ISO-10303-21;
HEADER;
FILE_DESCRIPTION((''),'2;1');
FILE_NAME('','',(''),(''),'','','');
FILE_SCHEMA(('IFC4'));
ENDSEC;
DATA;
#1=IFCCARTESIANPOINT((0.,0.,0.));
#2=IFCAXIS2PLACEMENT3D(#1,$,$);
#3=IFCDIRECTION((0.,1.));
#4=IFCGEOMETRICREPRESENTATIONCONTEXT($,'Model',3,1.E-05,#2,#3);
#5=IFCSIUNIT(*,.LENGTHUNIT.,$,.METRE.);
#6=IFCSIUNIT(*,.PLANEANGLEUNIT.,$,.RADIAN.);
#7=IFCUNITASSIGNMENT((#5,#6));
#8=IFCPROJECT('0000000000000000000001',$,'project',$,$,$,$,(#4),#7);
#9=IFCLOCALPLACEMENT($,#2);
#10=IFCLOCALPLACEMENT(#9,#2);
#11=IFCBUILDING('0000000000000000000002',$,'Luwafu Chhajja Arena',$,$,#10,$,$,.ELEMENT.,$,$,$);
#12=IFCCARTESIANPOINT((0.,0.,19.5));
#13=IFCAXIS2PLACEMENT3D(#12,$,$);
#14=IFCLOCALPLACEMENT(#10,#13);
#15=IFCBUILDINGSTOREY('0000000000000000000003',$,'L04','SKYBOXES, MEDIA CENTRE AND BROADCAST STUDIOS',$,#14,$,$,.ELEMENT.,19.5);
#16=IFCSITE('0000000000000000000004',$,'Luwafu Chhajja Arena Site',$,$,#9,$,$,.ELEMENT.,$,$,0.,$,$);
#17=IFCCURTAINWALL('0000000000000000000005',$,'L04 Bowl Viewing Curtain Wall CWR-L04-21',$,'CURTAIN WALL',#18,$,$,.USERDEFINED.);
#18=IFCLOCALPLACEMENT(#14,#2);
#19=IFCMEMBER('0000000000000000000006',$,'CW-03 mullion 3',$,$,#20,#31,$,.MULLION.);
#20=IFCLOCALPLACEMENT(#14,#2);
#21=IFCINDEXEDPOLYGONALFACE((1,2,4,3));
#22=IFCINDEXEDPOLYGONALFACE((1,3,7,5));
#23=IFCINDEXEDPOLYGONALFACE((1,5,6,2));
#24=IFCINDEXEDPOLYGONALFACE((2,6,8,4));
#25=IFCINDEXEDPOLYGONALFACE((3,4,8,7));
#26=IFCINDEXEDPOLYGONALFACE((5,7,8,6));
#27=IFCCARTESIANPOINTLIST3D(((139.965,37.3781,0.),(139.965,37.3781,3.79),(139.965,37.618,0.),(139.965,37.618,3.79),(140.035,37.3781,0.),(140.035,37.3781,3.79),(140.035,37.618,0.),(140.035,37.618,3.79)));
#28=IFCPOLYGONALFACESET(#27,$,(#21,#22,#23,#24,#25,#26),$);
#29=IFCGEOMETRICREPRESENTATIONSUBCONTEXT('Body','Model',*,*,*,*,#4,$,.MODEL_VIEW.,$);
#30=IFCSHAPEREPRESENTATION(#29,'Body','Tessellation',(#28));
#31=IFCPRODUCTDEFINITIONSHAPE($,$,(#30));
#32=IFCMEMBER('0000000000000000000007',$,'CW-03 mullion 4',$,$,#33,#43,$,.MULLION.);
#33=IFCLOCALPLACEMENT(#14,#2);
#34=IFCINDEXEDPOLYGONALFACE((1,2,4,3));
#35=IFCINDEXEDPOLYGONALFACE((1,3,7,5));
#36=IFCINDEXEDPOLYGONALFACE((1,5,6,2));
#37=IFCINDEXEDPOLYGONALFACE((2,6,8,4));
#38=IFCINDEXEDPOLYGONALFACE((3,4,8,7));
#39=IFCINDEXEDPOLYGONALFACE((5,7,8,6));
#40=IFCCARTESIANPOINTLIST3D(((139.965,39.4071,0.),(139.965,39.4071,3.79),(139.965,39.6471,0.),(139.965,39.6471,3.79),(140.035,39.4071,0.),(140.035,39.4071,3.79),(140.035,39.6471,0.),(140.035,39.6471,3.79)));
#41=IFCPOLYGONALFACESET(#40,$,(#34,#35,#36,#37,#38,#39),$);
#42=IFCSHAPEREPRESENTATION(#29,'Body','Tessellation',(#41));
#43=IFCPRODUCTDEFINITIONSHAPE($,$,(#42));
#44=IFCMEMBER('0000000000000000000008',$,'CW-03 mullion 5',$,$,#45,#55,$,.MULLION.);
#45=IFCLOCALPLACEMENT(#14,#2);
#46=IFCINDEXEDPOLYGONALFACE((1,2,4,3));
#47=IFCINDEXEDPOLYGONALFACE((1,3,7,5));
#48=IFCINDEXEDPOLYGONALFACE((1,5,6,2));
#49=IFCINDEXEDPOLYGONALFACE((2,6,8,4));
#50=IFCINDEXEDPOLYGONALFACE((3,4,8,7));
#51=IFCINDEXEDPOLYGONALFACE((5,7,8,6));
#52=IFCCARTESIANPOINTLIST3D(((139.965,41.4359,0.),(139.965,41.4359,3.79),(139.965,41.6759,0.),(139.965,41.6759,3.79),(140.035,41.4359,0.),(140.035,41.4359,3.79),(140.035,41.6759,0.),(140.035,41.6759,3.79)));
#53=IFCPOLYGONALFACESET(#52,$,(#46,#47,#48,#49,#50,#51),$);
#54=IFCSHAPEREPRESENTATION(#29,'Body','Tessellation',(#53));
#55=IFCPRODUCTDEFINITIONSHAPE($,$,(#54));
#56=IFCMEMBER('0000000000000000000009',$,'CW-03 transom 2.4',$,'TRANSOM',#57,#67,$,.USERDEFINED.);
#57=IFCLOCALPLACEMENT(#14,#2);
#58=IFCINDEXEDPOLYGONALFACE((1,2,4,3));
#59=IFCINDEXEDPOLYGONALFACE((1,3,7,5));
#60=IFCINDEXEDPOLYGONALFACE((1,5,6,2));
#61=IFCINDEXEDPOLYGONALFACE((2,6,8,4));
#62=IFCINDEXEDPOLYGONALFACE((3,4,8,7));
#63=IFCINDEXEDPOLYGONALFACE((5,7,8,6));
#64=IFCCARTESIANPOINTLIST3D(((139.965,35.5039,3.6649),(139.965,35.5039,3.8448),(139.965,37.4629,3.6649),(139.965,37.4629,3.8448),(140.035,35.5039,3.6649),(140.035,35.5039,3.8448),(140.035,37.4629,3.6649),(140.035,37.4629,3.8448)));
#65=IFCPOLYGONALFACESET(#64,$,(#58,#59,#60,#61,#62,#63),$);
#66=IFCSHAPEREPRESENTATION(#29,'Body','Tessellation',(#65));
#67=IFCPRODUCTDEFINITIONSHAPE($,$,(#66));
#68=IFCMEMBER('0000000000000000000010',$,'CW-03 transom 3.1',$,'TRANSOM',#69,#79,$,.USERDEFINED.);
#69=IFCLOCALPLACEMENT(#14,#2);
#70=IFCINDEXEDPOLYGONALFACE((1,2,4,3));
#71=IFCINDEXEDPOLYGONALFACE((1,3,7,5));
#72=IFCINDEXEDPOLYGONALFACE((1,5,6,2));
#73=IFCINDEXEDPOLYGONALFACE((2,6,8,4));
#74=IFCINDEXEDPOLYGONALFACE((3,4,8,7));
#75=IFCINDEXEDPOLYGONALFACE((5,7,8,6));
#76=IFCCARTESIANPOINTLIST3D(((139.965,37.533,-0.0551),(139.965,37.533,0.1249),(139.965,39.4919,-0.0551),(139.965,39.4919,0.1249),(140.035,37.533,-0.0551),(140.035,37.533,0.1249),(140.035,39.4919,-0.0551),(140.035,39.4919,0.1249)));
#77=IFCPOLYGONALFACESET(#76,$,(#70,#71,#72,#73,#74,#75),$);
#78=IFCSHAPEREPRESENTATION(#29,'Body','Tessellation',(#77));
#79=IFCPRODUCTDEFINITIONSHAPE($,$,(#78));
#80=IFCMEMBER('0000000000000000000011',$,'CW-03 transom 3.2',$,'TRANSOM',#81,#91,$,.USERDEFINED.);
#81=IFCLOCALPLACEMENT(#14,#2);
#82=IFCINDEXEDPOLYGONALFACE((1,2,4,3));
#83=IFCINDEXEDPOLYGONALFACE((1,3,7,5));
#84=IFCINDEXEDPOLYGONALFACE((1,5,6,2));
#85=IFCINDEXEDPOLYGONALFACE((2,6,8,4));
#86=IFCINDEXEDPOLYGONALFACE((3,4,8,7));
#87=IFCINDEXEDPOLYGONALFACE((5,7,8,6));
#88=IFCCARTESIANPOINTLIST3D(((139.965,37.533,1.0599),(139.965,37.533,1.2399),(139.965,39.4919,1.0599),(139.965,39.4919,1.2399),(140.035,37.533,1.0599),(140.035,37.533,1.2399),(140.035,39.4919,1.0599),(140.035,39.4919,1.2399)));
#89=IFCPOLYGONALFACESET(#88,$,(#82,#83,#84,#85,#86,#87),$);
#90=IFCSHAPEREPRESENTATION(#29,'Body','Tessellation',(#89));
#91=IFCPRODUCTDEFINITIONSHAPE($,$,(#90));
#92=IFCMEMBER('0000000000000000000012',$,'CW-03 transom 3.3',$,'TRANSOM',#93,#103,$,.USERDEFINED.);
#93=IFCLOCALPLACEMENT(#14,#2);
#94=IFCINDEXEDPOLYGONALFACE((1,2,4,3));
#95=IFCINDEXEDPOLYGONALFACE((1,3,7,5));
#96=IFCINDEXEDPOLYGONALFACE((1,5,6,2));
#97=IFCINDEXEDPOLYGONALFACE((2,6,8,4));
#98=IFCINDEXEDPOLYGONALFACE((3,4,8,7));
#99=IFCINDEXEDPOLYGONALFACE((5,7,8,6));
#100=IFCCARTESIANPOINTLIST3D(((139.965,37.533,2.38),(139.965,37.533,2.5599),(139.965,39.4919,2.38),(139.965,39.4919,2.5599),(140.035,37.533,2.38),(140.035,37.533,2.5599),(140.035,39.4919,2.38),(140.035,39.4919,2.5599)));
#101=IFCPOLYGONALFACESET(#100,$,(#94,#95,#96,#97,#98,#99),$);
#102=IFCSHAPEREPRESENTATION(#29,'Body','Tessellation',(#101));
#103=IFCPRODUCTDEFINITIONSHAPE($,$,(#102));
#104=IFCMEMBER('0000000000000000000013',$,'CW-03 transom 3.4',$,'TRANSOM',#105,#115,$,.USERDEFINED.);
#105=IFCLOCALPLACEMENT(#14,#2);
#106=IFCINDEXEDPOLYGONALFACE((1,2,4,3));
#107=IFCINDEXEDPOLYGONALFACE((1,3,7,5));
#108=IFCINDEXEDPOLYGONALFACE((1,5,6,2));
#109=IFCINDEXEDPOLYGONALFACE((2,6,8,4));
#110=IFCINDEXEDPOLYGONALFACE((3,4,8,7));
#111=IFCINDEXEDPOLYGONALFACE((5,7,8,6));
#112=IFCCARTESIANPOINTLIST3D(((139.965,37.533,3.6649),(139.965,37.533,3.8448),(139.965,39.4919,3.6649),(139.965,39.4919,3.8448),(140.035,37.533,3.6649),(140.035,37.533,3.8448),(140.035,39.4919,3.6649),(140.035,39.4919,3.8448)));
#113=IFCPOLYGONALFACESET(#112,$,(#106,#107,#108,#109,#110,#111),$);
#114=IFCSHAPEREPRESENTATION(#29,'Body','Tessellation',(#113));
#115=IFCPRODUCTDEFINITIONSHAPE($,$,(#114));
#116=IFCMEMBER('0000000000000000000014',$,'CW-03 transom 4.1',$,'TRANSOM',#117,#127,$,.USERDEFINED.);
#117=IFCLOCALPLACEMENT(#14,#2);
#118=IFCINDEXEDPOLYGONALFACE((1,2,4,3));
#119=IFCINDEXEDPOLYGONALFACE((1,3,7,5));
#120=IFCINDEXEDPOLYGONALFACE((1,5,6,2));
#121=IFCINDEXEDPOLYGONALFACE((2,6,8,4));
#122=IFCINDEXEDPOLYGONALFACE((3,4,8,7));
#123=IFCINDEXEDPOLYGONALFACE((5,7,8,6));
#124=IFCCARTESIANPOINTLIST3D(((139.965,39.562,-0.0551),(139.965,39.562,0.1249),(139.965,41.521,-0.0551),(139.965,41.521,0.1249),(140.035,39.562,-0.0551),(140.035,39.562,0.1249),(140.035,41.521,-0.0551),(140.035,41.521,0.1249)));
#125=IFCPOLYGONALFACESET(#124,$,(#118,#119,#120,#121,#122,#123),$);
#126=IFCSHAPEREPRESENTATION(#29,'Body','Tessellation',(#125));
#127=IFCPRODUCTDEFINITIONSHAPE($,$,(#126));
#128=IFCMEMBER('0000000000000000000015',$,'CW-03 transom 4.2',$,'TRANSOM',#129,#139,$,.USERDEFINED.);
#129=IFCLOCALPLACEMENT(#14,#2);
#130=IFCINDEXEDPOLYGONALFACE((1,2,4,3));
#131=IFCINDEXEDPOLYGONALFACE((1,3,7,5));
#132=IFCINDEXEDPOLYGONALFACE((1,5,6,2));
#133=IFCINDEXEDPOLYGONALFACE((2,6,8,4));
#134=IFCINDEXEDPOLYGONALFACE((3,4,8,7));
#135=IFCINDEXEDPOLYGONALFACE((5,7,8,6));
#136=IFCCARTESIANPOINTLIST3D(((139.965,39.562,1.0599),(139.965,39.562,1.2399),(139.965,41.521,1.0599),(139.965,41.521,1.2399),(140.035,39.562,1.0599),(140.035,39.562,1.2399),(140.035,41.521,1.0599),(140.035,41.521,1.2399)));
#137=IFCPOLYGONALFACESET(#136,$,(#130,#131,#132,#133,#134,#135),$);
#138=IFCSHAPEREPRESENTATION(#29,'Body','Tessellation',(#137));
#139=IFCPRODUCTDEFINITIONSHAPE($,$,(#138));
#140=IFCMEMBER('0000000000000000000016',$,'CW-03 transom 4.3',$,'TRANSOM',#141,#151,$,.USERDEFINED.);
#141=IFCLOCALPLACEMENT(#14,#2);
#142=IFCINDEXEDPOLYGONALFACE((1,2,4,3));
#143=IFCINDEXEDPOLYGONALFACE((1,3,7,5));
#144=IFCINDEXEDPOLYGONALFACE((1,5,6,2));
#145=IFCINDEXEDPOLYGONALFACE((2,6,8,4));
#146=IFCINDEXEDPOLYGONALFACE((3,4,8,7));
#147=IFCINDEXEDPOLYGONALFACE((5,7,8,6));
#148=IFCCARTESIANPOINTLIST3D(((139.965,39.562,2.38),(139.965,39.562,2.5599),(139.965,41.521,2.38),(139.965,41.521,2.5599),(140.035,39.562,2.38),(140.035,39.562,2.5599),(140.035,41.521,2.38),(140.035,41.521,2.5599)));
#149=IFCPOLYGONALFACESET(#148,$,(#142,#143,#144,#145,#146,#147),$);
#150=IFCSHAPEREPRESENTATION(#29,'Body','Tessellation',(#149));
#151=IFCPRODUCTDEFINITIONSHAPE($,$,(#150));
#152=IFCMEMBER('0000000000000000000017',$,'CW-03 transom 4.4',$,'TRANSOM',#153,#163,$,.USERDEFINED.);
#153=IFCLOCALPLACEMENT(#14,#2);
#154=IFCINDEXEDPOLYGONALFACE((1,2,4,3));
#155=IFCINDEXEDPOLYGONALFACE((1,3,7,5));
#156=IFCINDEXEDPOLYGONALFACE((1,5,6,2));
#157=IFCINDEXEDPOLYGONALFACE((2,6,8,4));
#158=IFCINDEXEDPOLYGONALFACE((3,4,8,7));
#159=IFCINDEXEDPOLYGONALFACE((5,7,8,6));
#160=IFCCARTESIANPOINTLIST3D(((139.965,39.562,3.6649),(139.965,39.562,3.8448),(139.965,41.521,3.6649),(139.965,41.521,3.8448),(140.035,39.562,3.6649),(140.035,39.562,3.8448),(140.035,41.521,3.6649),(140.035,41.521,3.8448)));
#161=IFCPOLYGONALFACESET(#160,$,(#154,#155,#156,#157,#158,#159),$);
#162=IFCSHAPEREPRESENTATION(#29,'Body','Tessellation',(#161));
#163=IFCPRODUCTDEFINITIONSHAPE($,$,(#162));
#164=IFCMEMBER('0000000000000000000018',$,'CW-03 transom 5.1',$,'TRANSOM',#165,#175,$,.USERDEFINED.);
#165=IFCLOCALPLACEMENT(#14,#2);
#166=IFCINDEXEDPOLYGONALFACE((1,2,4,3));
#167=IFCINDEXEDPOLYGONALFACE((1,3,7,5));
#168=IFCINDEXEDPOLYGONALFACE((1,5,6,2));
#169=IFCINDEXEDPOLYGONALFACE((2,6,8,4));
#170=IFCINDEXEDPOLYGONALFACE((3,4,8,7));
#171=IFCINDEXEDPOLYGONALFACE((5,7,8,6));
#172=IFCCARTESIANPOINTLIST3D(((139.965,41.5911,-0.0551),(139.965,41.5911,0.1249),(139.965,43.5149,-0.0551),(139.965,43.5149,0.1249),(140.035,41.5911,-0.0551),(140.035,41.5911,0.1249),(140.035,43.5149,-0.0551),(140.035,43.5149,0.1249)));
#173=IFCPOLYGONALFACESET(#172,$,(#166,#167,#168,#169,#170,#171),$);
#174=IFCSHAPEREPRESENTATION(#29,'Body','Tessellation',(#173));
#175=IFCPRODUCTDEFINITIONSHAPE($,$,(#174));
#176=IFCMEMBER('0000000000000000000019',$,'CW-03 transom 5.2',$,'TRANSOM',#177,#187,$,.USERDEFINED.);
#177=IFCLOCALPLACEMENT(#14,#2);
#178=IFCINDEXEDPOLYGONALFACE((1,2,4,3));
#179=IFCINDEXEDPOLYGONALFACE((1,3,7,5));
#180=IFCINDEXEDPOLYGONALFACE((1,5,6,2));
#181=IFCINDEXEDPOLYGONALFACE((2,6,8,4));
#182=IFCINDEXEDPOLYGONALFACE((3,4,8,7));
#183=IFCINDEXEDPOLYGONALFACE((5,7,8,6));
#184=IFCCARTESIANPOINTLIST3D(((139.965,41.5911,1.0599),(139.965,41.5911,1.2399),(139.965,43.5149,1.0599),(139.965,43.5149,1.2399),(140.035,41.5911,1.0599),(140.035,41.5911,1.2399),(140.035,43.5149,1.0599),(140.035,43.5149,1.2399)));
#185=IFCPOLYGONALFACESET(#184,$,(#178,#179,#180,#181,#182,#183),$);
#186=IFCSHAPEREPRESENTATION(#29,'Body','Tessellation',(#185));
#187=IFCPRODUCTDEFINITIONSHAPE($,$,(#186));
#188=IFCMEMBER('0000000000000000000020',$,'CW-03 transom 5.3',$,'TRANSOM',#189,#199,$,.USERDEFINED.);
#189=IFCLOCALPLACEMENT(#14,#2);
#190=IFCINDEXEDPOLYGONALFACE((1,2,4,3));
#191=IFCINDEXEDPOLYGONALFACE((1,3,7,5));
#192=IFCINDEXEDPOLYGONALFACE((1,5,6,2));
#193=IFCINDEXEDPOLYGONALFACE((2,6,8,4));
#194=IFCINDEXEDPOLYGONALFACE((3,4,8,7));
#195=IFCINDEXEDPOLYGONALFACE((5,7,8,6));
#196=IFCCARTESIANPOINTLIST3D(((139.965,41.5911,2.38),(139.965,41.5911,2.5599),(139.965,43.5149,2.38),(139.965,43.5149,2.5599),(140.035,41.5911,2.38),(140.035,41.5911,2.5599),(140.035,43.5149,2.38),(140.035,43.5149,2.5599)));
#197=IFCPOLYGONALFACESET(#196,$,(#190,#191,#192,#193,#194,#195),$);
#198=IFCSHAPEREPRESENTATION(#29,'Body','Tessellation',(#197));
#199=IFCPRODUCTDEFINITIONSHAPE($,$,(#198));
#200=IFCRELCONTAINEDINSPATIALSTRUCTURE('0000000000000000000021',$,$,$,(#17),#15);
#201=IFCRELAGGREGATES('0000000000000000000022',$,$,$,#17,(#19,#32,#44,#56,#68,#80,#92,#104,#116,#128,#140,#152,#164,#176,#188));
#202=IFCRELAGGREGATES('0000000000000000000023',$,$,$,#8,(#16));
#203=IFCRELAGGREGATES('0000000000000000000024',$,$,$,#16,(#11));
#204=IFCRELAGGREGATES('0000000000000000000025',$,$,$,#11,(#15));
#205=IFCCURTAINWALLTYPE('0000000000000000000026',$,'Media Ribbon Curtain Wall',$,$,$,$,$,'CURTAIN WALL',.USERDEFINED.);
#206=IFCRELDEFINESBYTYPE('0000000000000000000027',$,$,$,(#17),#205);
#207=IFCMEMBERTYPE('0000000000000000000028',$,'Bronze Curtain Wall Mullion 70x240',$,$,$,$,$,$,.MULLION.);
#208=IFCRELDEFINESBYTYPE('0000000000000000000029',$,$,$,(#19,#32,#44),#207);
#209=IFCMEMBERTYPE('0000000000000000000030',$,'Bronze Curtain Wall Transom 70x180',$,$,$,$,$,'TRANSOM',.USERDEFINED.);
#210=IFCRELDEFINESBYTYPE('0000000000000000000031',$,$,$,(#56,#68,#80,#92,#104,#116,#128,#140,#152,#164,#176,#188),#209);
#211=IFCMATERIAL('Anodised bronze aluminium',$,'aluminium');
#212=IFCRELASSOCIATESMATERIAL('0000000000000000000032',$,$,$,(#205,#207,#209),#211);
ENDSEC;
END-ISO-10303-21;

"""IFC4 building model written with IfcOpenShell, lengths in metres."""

from ifc_helpers import new_model, si_unit, direction, frame, origin, origin_2d, place, context, subcontext, project, spatial, rectangle, extrude, material, material_profile, profile_set, type_object, element, aggregate, save


model = new_model("IFC4")

# Units and contexts
model_context = context("Model", 3, precision=1e-05, world=origin(), true_north=direction((0.0, 1.0)))
body_context = subcontext(model_context, "Body", "Model", "MODEL_VIEW")
ifc_project = project(units=[si_unit("LENGTHUNIT", "METRE"), si_unit("PLANEANGLEUNIT", "RADIAN")], contexts=[model_context])

# Site, building, storey
site_placement = place(None, origin())
site = spatial("IfcSite", under=ifc_project, at=site_placement, Name="Luwafu Chhajja Arena Site", CompositionType="ELEMENT", RefElevation=0.0)
building_placement = place(site_placement, origin())
building = spatial("IfcBuilding", under=site, at=building_placement, Name="Luwafu Chhajja Arena", CompositionType="ELEMENT")
storey_placement = place(building_placement, frame((0.0, 0.0, 19.5)))
storey = spatial("IfcBuildingStorey", under=building, at=storey_placement, Name="L04", Description="SKYBOXES, MEDIA CENTRE AND BROADCAST STUDIOS", CompositionType="ELEMENT", Elevation=19.5)

# Curtain wall, members
ifc_material_1 = material(Name="Anodised bronze aluminium", Category="aluminium")
curtain_wall_type = type_object("IfcCurtainWallType", Name="Media Ribbon Curtain Wall", ElementType="CURTAIN WALL", PredefinedType="USERDEFINED", material=ifc_material_1)
curtain_wall_placement = place(storey_placement, origin())
curtain_wall = element("IfcCurtainWall", 1, at=curtain_wall_placement, inside=storey, type_object=curtain_wall_type, Name="L04 Bowl Viewing Curtain Wall CWR-L04-21", ObjectType="CURTAIN WALL", PredefinedType="USERDEFINED")
ifc_material_profile_1 = material_profile(ifc_material_1, rectangle(XDim=0.0701, YDim=0.24, at=origin_2d()), Name="CWM 70x240")
ifc_profile_set_1 = profile_set([ifc_material_profile_1], Name="Anodised bronze aluminium")
member_type_1 = type_object("IfcMemberType", Name="Bronze Curtain Wall Mullion 70x240", PredefinedType="MULLION", material=ifc_profile_set_1)
member_1_placement = place(storey_placement, frame((140.0, 37.498, 0.0), z_axis=(0.0, 0.0, 1.0), x_axis=(-1.0, 0.0, 0.0)))
member_1 = element("IfcMember", 2, at=member_1_placement, type_object=member_type_1, Name="CW-03 mullion 3", PredefinedType="MULLION", context=body_context, shape_type="SweptSolid", body=[
    extrude(rectangle(XDim=0.0701, YDim=0.24, at=origin_2d()), origin(), (0.0, 0.0, 1.0), 3.79),
])
member_2_placement = place(storey_placement, frame((140.0, 39.5271, 0.0), z_axis=(0.0, 0.0, 1.0), x_axis=(-1.0, 0.0, 0.0)))
member_2 = element("IfcMember", 3, at=member_2_placement, type_object=member_type_1, Name="CW-03 mullion 4", PredefinedType="MULLION", context=body_context, shape_type="SweptSolid", body=[
    extrude(rectangle(XDim=0.0701, YDim=0.24, at=origin_2d()), origin(), (0.0, 0.0, 1.0), 3.79),
])
member_3_placement = place(storey_placement, frame((140.0, 41.5559, 0.0), z_axis=(0.0, 0.0, 1.0), x_axis=(-1.0, 0.0, 0.0)))
member_3 = element("IfcMember", 4, at=member_3_placement, type_object=member_type_1, Name="CW-03 mullion 5", PredefinedType="MULLION", context=body_context, shape_type="SweptSolid", body=[
    extrude(rectangle(XDim=0.0701, YDim=0.24, at=origin_2d()), origin(), (0.0, 0.0, 1.0), 3.79),
])
ifc_material_profile_2 = material_profile(ifc_material_1, rectangle(XDim=0.0701, YDim=0.1799, at=origin_2d()), Name="CWT 70x180")
ifc_profile_set_2 = profile_set([ifc_material_profile_2], Name="Anodised bronze aluminium")
member_type_2 = type_object("IfcMemberType", Name="Bronze Curtain Wall Transom 70x180", ElementType="TRANSOM", PredefinedType="USERDEFINED", material=ifc_profile_set_2)
member_4_placement = place(storey_placement, frame((140.0, 35.5039, 3.7549), z_axis=(0.0, 1.0, 0.0), x_axis=(-1.0, 0.0, 0.0)))
member_4 = element("IfcMember", 5, at=member_4_placement, type_object=member_type_2, Name="CW-03 transom 2.4", ObjectType="TRANSOM", PredefinedType="USERDEFINED", context=body_context, shape_type="SweptSolid", body=[
    extrude(rectangle(XDim=0.0701, YDim=0.1799, at=origin_2d()), origin(), (0.0, 0.0, 1.0), 1.959),
])
member_5_placement = place(storey_placement, frame((140.0, 37.533, 0.0349), z_axis=(0.0, 1.0, 0.0), x_axis=(-1.0, 0.0, 0.0)))
member_5 = element("IfcMember", 6, at=member_5_placement, type_object=member_type_2, Name="CW-03 transom 3.1", ObjectType="TRANSOM", PredefinedType="USERDEFINED", context=body_context, shape_type="SweptSolid", body=[
    extrude(rectangle(XDim=0.0701, YDim=0.1799, at=origin_2d()), origin(), (0.0, 0.0, 1.0), 1.959),
])
member_6_placement = place(storey_placement, frame((140.0, 37.533, 1.1499), z_axis=(0.0, 1.0, 0.0), x_axis=(-1.0, 0.0, 0.0)))
member_6 = element("IfcMember", 7, at=member_6_placement, type_object=member_type_2, Name="CW-03 transom 3.2", ObjectType="TRANSOM", PredefinedType="USERDEFINED", context=body_context, shape_type="SweptSolid", body=[
    extrude(rectangle(XDim=0.0701, YDim=0.1799, at=origin_2d()), origin(), (0.0, 0.0, 1.0), 1.959),
])
member_7_placement = place(storey_placement, frame((140.0, 37.533, 2.47), z_axis=(0.0, 1.0, 0.0), x_axis=(-1.0, 0.0, 0.0)))
member_7 = element("IfcMember", 8, at=member_7_placement, type_object=member_type_2, Name="CW-03 transom 3.3", ObjectType="TRANSOM", PredefinedType="USERDEFINED", context=body_context, shape_type="SweptSolid", body=[
    extrude(rectangle(XDim=0.0701, YDim=0.1799, at=origin_2d()), origin(), (0.0, 0.0, 1.0), 1.959),
])
member_8_placement = place(storey_placement, frame((140.0, 37.533, 3.7549), z_axis=(0.0, 1.0, 0.0), x_axis=(-1.0, 0.0, 0.0)))
member_8 = element("IfcMember", 9, at=member_8_placement, type_object=member_type_2, Name="CW-03 transom 3.4", ObjectType="TRANSOM", PredefinedType="USERDEFINED", context=body_context, shape_type="SweptSolid", body=[
    extrude(rectangle(XDim=0.0701, YDim=0.1799, at=origin_2d()), origin(), (0.0, 0.0, 1.0), 1.959),
])
member_9_placement = place(storey_placement, frame((140.0, 39.562, 0.0349), z_axis=(0.0, 1.0, 0.0), x_axis=(-1.0, 0.0, 0.0)))
member_9 = element("IfcMember", 10, at=member_9_placement, type_object=member_type_2, Name="CW-03 transom 4.1", ObjectType="TRANSOM", PredefinedType="USERDEFINED", context=body_context, shape_type="SweptSolid", body=[
    extrude(rectangle(XDim=0.0701, YDim=0.1799, at=origin_2d()), origin(), (0.0, 0.0, 1.0), 1.959),
])
member_10_placement = place(storey_placement, frame((140.0, 39.562, 1.1499), z_axis=(0.0, 1.0, 0.0), x_axis=(-1.0, 0.0, 0.0)))
member_10 = element("IfcMember", 11, at=member_10_placement, type_object=member_type_2, Name="CW-03 transom 4.2", ObjectType="TRANSOM", PredefinedType="USERDEFINED", context=body_context, shape_type="SweptSolid", body=[
    extrude(rectangle(XDim=0.0701, YDim=0.1799, at=origin_2d()), origin(), (0.0, 0.0, 1.0), 1.959),
])
member_11_placement = place(storey_placement, frame((140.0, 39.562, 2.47), z_axis=(0.0, 1.0, 0.0), x_axis=(-1.0, 0.0, 0.0)))
member_11 = element("IfcMember", 12, at=member_11_placement, type_object=member_type_2, Name="CW-03 transom 4.3", ObjectType="TRANSOM", PredefinedType="USERDEFINED", context=body_context, shape_type="SweptSolid", body=[
    extrude(rectangle(XDim=0.0701, YDim=0.1799, at=origin_2d()), origin(), (0.0, 0.0, 1.0), 1.959),
])
member_12_placement = place(storey_placement, frame((140.0, 39.562, 3.7549), z_axis=(0.0, 1.0, 0.0), x_axis=(-1.0, 0.0, 0.0)))
member_12 = element("IfcMember", 13, at=member_12_placement, type_object=member_type_2, Name="CW-03 transom 4.4", ObjectType="TRANSOM", PredefinedType="USERDEFINED", context=body_context, shape_type="SweptSolid", body=[
    extrude(rectangle(XDim=0.0701, YDim=0.1799, at=origin_2d()), origin(), (0.0, 0.0, 1.0), 1.959),
])
member_13_placement = place(storey_placement, frame((140.0, 41.5911, 0.0349), z_axis=(0.0, 1.0, 0.0), x_axis=(-1.0, 0.0, 0.0)))
member_13 = element("IfcMember", 14, at=member_13_placement, type_object=member_type_2, Name="CW-03 transom 5.1", ObjectType="TRANSOM", PredefinedType="USERDEFINED", context=body_context, shape_type="SweptSolid", body=[
    extrude(rectangle(XDim=0.0701, YDim=0.1799, at=origin_2d()), origin(), (0.0, 0.0, 1.0), 1.9238),
])
member_14_placement = place(storey_placement, frame((140.0, 41.5911, 1.1499), z_axis=(0.0, 1.0, 0.0), x_axis=(-1.0, 0.0, 0.0)))
member_14 = element("IfcMember", 15, at=member_14_placement, type_object=member_type_2, Name="CW-03 transom 5.2", ObjectType="TRANSOM", PredefinedType="USERDEFINED", context=body_context, shape_type="SweptSolid", body=[
    extrude(rectangle(XDim=0.0701, YDim=0.1799, at=origin_2d()), origin(), (0.0, 0.0, 1.0), 1.9238),
])
member_15_placement = place(storey_placement, frame((140.0, 41.5911, 2.47), z_axis=(0.0, 1.0, 0.0), x_axis=(-1.0, 0.0, 0.0)))
member_15 = element("IfcMember", 16, at=member_15_placement, type_object=member_type_2, Name="CW-03 transom 5.3", ObjectType="TRANSOM", PredefinedType="USERDEFINED", context=body_context, shape_type="SweptSolid", body=[
    extrude(rectangle(XDim=0.0701, YDim=0.1799, at=origin_2d()), origin(), (0.0, 0.0, 1.0), 1.9238),
])
aggregate(curtain_wall, [member_1, member_2, member_3, member_4, member_5, member_6, member_7, member_8, member_9, member_10, member_11, member_12, member_13, member_14, member_15])

save(model, "model.ifc")
